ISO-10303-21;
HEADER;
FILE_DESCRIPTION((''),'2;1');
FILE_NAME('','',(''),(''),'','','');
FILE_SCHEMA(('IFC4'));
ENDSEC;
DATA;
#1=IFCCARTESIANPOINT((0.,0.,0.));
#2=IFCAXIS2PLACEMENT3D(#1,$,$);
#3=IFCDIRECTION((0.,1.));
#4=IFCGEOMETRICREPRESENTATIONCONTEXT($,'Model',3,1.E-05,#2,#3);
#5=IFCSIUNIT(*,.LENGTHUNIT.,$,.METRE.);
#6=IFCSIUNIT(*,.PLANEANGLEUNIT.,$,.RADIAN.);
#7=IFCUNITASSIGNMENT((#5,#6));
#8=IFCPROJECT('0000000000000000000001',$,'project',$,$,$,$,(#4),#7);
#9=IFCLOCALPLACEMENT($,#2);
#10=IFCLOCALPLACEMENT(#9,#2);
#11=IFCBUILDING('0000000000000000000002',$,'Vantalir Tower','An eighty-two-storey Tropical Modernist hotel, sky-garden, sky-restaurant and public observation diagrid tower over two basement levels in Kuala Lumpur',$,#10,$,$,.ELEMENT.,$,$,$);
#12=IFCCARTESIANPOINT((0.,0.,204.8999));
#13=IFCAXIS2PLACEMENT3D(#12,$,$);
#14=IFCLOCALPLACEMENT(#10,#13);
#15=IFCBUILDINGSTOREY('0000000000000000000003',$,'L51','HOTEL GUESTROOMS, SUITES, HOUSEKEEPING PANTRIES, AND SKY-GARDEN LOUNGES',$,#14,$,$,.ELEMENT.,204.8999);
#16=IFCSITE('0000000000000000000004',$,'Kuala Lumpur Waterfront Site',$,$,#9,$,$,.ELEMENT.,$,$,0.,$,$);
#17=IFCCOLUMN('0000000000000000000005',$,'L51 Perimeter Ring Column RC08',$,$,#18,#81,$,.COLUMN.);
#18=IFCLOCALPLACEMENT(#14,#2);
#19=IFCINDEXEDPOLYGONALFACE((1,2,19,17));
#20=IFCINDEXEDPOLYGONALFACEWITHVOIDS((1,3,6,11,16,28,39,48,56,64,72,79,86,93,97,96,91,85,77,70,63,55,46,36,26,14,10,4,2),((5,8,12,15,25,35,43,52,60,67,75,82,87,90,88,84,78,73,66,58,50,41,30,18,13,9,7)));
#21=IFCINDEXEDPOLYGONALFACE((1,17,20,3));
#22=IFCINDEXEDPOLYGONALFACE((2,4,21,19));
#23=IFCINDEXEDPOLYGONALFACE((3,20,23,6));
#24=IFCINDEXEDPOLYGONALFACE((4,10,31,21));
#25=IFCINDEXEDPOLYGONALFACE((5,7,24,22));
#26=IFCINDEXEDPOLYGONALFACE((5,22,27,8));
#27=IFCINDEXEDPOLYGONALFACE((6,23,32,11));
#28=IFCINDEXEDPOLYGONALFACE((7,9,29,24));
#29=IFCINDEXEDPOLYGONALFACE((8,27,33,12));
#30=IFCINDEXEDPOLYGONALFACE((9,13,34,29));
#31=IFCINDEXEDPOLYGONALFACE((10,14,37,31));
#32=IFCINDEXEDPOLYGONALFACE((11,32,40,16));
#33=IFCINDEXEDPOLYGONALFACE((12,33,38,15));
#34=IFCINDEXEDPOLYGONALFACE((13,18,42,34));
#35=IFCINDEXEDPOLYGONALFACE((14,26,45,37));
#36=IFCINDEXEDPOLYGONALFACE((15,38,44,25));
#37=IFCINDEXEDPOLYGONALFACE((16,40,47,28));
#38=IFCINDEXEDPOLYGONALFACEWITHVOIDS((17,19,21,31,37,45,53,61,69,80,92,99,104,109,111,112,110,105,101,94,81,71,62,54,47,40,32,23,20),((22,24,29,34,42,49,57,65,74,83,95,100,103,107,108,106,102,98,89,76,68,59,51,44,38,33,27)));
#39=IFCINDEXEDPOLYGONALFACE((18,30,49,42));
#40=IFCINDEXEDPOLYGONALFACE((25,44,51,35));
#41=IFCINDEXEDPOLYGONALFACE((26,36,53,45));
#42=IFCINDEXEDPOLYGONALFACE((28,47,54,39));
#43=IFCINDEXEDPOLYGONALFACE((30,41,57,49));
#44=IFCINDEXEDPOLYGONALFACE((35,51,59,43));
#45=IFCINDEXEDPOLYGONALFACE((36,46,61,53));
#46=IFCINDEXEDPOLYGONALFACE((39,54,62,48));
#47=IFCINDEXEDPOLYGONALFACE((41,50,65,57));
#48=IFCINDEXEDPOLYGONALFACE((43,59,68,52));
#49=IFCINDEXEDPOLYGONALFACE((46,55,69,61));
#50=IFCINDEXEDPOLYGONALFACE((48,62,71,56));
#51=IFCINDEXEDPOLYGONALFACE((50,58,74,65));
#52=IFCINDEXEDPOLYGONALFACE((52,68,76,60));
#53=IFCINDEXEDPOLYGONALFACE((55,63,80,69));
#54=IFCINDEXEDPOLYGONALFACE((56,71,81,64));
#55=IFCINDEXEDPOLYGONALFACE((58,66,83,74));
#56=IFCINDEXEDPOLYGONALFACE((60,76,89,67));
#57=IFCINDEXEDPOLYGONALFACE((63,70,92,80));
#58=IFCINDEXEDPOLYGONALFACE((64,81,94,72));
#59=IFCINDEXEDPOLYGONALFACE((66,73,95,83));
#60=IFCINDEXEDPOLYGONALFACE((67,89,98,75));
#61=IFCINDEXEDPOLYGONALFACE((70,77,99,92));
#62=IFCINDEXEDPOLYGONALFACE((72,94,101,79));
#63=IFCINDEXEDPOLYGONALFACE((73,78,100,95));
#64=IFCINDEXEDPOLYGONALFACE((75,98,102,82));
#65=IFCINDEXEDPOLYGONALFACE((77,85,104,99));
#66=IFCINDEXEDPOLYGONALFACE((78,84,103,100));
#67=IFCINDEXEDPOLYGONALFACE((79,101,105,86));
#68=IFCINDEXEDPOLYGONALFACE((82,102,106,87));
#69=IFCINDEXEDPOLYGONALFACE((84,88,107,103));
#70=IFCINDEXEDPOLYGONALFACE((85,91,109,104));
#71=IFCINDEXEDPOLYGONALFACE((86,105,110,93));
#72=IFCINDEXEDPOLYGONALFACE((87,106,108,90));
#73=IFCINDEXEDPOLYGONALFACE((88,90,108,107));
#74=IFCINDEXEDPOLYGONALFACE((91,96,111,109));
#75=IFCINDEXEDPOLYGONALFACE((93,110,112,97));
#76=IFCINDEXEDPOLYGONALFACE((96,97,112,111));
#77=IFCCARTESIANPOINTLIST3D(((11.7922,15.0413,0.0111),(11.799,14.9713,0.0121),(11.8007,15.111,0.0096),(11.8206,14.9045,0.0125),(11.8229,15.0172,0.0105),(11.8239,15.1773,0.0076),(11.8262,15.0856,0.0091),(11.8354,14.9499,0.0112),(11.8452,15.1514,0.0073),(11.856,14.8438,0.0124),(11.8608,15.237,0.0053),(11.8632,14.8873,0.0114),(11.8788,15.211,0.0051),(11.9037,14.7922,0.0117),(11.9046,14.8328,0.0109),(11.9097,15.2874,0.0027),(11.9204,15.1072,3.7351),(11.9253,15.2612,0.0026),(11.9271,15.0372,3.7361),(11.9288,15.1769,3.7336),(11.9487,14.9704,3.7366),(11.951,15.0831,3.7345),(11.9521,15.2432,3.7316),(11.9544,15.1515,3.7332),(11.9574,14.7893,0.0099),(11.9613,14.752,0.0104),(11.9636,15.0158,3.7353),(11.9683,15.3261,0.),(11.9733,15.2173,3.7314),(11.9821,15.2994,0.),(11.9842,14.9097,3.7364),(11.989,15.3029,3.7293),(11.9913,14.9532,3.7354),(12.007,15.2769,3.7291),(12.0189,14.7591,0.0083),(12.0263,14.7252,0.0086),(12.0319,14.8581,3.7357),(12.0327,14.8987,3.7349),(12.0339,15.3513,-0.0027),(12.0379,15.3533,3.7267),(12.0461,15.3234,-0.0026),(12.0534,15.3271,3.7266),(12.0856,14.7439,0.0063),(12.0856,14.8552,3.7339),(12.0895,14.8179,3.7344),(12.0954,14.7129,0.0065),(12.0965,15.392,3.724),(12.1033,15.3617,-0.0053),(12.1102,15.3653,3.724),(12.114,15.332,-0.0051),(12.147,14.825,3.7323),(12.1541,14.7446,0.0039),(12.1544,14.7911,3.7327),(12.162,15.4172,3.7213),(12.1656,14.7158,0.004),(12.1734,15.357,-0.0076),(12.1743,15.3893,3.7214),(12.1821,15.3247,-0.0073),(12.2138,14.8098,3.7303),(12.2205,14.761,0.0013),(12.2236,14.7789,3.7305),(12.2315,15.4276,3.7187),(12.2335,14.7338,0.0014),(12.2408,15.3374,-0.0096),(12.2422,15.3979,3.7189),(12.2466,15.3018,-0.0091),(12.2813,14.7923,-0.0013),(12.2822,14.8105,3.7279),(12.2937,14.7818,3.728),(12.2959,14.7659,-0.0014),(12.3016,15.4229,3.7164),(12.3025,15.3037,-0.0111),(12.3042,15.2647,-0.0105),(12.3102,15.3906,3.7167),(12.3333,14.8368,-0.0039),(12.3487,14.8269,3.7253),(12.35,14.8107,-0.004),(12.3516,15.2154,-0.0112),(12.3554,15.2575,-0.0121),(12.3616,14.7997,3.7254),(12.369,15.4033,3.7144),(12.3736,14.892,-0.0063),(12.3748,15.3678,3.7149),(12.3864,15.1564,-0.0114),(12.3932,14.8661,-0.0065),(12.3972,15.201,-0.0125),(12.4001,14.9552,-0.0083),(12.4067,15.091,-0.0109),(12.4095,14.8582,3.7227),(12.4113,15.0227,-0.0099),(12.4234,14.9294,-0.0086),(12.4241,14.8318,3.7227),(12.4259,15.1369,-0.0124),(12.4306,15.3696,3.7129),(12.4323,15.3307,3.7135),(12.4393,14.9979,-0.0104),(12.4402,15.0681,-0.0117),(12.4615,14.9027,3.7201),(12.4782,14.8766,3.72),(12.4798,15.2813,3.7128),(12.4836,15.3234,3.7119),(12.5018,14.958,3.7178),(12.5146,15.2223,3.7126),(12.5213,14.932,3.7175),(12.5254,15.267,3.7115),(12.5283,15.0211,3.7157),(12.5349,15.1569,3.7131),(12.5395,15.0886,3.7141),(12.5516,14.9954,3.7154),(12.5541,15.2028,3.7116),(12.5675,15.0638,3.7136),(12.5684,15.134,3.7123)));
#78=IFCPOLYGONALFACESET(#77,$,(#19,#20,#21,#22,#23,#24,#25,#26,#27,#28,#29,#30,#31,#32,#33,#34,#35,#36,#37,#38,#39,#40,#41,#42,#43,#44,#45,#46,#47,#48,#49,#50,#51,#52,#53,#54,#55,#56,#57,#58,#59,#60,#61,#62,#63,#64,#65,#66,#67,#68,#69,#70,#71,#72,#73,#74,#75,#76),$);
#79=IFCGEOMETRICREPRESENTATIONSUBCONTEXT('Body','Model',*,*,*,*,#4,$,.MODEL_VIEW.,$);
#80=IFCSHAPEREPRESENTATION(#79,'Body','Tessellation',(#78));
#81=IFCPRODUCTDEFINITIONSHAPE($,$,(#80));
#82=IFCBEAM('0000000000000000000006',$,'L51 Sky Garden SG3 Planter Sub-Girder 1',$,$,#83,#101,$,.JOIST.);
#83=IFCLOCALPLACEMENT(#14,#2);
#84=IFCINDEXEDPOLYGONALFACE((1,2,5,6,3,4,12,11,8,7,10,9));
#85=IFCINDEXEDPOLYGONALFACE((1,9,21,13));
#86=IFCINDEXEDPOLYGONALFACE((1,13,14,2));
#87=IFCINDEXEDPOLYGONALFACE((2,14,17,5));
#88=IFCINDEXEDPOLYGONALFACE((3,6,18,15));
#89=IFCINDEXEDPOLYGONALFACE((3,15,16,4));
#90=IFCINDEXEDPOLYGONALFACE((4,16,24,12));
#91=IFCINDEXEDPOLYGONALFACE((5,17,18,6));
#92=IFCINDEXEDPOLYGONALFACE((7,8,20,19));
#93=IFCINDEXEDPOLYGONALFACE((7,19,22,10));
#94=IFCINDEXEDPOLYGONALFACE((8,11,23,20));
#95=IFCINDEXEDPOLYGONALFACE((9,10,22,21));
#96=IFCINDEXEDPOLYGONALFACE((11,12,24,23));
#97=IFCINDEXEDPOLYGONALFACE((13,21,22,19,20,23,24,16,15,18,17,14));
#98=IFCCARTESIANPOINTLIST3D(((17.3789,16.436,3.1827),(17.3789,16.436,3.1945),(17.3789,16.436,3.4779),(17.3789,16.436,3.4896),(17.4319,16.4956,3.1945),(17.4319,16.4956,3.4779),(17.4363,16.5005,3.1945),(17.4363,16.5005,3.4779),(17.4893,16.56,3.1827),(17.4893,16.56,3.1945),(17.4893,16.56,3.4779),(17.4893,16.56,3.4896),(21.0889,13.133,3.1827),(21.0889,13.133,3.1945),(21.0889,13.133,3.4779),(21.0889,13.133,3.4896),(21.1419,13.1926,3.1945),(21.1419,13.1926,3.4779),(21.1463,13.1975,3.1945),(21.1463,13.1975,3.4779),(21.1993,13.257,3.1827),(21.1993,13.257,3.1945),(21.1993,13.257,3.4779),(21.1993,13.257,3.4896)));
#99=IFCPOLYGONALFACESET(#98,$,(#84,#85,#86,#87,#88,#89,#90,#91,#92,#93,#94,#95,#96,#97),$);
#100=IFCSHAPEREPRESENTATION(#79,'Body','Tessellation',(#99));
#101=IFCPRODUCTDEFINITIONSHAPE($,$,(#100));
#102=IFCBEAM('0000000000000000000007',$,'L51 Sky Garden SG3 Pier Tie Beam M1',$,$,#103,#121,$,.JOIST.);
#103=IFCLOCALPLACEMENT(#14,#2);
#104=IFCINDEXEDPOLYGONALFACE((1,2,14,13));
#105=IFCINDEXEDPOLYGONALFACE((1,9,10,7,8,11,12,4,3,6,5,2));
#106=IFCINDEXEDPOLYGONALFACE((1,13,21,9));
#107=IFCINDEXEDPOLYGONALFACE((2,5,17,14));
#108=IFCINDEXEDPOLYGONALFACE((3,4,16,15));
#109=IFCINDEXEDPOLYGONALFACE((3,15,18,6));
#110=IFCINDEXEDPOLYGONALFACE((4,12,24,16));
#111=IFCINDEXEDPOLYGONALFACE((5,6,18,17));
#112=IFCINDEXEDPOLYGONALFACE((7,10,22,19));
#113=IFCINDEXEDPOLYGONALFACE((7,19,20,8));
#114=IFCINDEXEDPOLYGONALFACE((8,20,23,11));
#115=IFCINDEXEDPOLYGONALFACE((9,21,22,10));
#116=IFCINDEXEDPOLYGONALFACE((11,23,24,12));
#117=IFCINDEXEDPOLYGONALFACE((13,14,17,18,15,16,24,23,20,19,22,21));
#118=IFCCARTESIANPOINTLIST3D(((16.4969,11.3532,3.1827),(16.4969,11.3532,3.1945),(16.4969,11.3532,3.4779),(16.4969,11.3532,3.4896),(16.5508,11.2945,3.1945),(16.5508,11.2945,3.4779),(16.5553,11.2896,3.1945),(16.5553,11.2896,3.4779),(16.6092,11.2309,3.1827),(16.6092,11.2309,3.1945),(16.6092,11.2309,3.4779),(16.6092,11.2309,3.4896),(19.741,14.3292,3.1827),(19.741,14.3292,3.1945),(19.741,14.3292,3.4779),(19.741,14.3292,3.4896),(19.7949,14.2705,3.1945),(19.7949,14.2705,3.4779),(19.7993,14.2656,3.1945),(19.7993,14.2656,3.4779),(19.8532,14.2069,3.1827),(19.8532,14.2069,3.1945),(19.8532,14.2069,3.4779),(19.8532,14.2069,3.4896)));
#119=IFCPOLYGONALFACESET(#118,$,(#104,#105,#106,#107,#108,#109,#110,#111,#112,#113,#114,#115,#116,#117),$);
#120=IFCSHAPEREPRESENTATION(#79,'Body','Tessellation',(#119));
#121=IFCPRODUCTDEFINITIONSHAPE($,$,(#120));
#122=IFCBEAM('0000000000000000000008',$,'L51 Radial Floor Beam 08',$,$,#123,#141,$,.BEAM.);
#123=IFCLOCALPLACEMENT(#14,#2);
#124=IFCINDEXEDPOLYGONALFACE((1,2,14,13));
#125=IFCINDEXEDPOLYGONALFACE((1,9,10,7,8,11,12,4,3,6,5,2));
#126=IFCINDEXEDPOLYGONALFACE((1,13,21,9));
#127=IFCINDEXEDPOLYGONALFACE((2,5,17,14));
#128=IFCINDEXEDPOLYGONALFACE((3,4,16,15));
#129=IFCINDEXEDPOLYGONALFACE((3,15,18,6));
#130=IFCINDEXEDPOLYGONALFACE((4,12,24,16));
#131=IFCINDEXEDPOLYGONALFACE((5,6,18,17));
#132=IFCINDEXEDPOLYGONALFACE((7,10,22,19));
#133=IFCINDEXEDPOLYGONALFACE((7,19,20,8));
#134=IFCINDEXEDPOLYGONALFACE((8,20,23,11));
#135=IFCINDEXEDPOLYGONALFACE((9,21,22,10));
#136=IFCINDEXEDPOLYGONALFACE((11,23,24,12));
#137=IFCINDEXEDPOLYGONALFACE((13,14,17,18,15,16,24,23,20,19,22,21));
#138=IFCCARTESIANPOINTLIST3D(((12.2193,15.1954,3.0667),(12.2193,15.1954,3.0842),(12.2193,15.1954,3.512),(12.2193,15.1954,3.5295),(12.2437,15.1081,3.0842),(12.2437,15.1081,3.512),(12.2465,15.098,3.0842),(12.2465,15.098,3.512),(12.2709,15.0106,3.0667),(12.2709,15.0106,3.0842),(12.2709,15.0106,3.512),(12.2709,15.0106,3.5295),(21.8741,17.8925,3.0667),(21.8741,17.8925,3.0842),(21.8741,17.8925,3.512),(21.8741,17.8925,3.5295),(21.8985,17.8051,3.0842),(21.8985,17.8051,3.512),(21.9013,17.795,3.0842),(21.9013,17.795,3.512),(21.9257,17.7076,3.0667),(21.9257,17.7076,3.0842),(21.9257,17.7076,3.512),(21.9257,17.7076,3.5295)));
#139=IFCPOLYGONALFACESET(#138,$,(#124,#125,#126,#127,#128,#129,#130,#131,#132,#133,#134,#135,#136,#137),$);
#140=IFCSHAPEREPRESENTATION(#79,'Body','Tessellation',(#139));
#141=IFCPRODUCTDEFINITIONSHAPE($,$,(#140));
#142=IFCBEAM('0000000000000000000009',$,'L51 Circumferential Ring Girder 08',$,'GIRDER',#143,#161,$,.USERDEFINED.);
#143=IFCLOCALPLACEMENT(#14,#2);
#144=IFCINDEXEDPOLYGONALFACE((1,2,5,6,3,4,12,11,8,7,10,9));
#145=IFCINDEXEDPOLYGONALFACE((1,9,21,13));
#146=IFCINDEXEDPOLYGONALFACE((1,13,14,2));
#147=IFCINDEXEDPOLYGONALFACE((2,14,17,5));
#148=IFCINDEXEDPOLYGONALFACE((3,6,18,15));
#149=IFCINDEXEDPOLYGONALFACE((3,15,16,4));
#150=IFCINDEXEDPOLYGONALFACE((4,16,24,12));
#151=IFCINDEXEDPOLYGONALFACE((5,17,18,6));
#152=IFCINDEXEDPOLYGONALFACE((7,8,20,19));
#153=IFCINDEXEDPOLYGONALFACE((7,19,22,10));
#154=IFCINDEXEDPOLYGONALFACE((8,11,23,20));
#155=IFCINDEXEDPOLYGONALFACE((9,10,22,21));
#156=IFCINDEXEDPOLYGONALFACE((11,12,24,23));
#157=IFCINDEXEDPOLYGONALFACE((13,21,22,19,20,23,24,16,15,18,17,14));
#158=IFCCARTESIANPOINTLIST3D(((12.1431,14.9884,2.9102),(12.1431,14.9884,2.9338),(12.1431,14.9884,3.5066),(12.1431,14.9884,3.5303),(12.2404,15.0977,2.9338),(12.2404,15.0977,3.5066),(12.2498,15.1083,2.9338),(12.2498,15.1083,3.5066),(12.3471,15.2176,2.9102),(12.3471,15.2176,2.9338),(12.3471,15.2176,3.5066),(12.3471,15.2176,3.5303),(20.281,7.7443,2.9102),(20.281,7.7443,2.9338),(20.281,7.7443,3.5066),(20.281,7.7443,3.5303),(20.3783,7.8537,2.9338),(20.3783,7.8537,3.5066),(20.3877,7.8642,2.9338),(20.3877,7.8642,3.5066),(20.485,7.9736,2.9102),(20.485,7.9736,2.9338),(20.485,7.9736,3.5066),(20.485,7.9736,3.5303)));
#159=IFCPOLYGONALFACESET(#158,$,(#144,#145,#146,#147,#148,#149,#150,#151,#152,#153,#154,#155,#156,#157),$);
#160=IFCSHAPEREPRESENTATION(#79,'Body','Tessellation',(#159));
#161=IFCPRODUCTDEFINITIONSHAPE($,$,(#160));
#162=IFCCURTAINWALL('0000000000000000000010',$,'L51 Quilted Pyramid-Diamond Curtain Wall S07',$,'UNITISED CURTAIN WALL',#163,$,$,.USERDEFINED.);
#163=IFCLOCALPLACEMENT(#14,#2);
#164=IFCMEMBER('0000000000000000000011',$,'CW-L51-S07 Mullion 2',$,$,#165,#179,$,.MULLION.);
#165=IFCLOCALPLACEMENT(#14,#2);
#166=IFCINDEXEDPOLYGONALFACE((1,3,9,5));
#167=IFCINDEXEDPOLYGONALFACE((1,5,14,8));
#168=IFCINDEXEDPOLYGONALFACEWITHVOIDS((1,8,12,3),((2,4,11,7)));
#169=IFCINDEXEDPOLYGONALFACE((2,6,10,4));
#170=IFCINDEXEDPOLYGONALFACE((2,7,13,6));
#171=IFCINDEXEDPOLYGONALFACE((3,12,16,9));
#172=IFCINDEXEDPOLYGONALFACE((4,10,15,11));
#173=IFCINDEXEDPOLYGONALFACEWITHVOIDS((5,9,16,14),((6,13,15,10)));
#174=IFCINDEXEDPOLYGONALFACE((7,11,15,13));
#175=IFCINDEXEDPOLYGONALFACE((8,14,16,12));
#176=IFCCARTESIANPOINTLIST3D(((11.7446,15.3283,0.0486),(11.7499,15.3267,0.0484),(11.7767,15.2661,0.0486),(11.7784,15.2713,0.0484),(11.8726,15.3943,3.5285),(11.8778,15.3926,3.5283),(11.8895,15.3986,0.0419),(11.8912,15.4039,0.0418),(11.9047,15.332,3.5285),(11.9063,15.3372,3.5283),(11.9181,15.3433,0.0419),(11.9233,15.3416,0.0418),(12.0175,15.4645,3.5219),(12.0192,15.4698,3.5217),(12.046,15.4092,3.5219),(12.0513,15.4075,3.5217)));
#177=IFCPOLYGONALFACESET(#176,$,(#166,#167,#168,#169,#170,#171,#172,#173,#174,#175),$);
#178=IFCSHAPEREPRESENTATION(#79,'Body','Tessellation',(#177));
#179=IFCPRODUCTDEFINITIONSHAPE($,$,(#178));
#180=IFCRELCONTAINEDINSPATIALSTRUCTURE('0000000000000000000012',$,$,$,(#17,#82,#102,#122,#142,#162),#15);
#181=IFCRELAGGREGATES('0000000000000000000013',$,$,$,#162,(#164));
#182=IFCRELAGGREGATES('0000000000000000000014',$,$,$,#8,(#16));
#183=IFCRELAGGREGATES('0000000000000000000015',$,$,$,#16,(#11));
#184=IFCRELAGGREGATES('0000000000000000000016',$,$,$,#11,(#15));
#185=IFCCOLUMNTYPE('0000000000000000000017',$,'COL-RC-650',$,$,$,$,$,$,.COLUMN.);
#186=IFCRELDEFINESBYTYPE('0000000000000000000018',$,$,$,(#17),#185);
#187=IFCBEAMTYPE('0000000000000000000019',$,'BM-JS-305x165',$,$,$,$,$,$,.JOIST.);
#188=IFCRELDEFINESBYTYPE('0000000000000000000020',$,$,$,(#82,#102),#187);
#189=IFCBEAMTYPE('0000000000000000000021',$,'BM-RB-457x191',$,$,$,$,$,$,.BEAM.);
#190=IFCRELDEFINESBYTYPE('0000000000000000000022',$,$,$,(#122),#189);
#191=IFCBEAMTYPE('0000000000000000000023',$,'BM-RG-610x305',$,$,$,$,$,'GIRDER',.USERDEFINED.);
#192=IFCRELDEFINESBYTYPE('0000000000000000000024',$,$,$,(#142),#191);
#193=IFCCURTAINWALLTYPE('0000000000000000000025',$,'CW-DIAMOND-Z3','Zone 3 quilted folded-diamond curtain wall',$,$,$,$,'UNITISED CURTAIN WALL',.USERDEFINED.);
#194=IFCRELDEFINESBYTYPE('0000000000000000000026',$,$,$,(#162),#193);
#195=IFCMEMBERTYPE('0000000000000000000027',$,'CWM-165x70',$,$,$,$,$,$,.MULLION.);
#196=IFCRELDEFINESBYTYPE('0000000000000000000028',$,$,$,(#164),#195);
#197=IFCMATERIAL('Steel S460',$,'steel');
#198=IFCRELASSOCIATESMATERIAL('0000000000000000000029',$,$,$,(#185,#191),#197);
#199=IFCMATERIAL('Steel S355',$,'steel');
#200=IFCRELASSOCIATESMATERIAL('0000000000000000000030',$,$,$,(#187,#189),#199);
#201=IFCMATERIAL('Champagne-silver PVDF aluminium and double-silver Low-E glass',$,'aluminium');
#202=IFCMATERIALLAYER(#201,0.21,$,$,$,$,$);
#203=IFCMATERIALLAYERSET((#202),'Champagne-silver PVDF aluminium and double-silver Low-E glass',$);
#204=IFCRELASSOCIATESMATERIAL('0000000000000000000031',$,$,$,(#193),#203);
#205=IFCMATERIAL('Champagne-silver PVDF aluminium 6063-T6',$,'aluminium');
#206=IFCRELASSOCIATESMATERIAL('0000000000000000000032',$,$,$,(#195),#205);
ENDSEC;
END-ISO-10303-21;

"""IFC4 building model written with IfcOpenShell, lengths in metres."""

from ifc_helpers import new_model, si_unit, direction, frame, origin, origin_2d, place, context, subcontext, project, spatial, hollow_rectangle, hollow_circle, i_section, extrude, material, layer, layer_set, material_profile, profile_set, type_object, element, aggregate, save


model = new_model("IFC4")

# Units and contexts
model_context = context("Model", 3, precision=1e-05, world=origin(), true_north=direction((0.0, 1.0)))
body_context = subcontext(model_context, "Body", "Model", "MODEL_VIEW")
ifc_project = project(units=[si_unit("LENGTHUNIT", "METRE"), si_unit("PLANEANGLEUNIT", "RADIAN")], contexts=[model_context])

# Site, building, storey
site_placement = place(None, origin())
site = spatial("IfcSite", under=ifc_project, at=site_placement, Name="Kuala Lumpur Waterfront Site", CompositionType="ELEMENT", RefElevation=0.0)
building_placement = place(site_placement, origin())
building = spatial("IfcBuilding", under=site, at=building_placement, Name="Vantalir Tower", Description="An eighty-two-storey Tropical Modernist hotel, sky-garden, sky-restaurant and public observation diagrid tower over two basement levels in Kuala Lumpur", CompositionType="ELEMENT")
storey_placement = place(building_placement, frame((0.0, 0.0, 204.8999)))
storey = spatial("IfcBuildingStorey", under=building, at=storey_placement, Name="L51", Description="HOTEL GUESTROOMS, SUITES, HOUSEKEEPING PANTRIES, AND SKY-GARDEN LOUNGES", CompositionType="ELEMENT", Elevation=204.8999)

# Column
ifc_material_1 = material(Name="Steel S460", Category="steel")
ifc_material_profile_1 = material_profile(ifc_material_1, hollow_circle(Radius=0.325, WallThickness=0.03, at=origin_2d()), Name="Steel S460")
ifc_profile_set_1 = profile_set([ifc_material_profile_1], Name="Steel S460")
column_type = type_object("IfcColumnType", Name="COL-RC-650", PredefinedType="COLUMN", material=ifc_profile_set_1)
column_placement = place(storey_placement, frame((12.1169, 15.0371, 0.0), z_axis=(0.034391, 0.017687, 0.999252), x_axis=(-0.457348, 0.889288, 0.0)))
element("IfcColumn", 1, at=column_placement, inside=storey, type_object=column_type, Name="L51 Perimeter Ring Column RC08", PredefinedType="COLUMN", context=body_context, shape_type="SweptSolid", body=[
    extrude(hollow_circle(Radius=0.325, WallThickness=0.03, at=origin_2d()), origin(), (0.0, 0.0, 1.0), 3.7268),
])

# Beams
ifc_material_2 = material(Name="Steel S355", Category="steel")
ifc_material_profile_2 = material_profile(ifc_material_2, i_section(OverallWidth=0.166, OverallDepth=0.3069, WebThickness=0.0066, FlangeThickness=0.0117, at=origin_2d()), Name="Steel S355")
ifc_profile_set_2 = profile_set([ifc_material_profile_2], Name="Steel S355")
beam_type_1 = type_object("IfcBeamType", Name="BM-JS-305x165", PredefinedType="JOIST", material=ifc_profile_set_2)
beam_1_placement = place(storey_placement, frame((17.4341, 16.498, 3.3362), z_axis=(0.746886, -0.664952, 0.0), x_axis=(0.664952, 0.746886, 0.0)))
element("IfcBeam", 2, at=beam_1_placement, inside=storey, type_object=beam_type_1, Name="L51 Sky Garden SG3 Planter Sub-Girder 1", PredefinedType="JOIST", context=body_context, shape_type="SweptSolid", body=[
    extrude(i_section(OverallWidth=0.166, OverallDepth=0.3069, WebThickness=0.0066, FlangeThickness=0.0117, at=origin_2d()), origin(), (0.0, 0.0, 1.0), 4.9673),
])
beam_2_placement = place(storey_placement, frame((19.7971, 14.2681, 3.3362), z_axis=(-0.736896, -0.676006, 0.0), x_axis=(0.676006, -0.736896, 0.0)))
element("IfcBeam", 3, at=beam_2_placement, inside=storey, type_object=beam_type_1, Name="L51 Sky Garden SG3 Pier Tie Beam M1", PredefinedType="JOIST", context=body_context, shape_type="SweptSolid", body=[
    extrude(i_section(OverallWidth=0.166, OverallDepth=0.3069, WebThickness=0.0066, FlangeThickness=0.0117, at=origin_2d()), origin(), (0.0, 0.0, 1.0), 4.4023),
])
ifc_material_profile_3 = material_profile(ifc_material_2, i_section(OverallWidth=0.1919, OverallDepth=0.4629, WebThickness=0.0105, FlangeThickness=0.0176, at=origin_2d()), Name="Steel S355")
ifc_profile_set_3 = profile_set([ifc_material_profile_3], Name="Steel S355")
beam_type_2 = type_object("IfcBeamType", Name="BM-RB-457x191", PredefinedType="BEAM", material=ifc_profile_set_3)
beam_3_placement = place(storey_placement, frame((12.2451, 15.103, 3.2981), z_axis=(0.963127, 0.269045, 0.0), x_axis=(-0.269045, 0.963127, 0.0)))
element("IfcBeam", 4, at=beam_3_placement, inside=storey, type_object=beam_type_2, Name="L51 Radial Floor Beam 08", PredefinedType="BEAM", context=body_context, shape_type="SweptSolid", body=[
    extrude(i_section(OverallWidth=0.1919, OverallDepth=0.4629, WebThickness=0.0105, FlangeThickness=0.0176, at=origin_2d()), origin(), (0.0, 0.0, 1.0), 10.0244),
])
ifc_material_profile_4 = material_profile(ifc_material_1, i_section(OverallWidth=0.3069, OverallDepth=0.6201, WebThickness=0.0142, FlangeThickness=0.0237, at=origin_2d()), Name="Steel S460")
ifc_profile_set_4 = profile_set([ifc_material_profile_4], Name="Steel S460")
beam_type_3 = type_object("IfcBeamType", Name="BM-RG-610x305", ElementType="GIRDER", PredefinedType="USERDEFINED", material=ifc_profile_set_4)
beam_4_placement = place(storey_placement, frame((12.2451, 15.103, 3.2202), z_axis=(0.746934, -0.664898, 0.0), x_axis=(0.664898, 0.746934, 0.0)))
element("IfcBeam", 5, at=beam_4_placement, inside=storey, type_object=beam_type_3, Name="L51 Circumferential Ring Girder 08", ObjectType="GIRDER", PredefinedType="USERDEFINED", context=body_context, shape_type="SweptSolid", body=[
    extrude(i_section(OverallWidth=0.3069, OverallDepth=0.6201, WebThickness=0.0142, FlangeThickness=0.0237, at=origin_2d()), origin(), (0.0, 0.0, 1.0), 10.895),
])

# Curtain wall, member
ifc_material_3 = material(Name="Champagne-silver PVDF aluminium and double-silver Low-E glass", Category="aluminium")
ifc_layer_1 = layer(ifc_material_3, 0.21)
ifc_layer_set_1 = layer_set([ifc_layer_1], Name="Champagne-silver PVDF aluminium and double-silver Low-E glass")
curtain_wall_type = type_object("IfcCurtainWallType", Name="CW-DIAMOND-Z3", Description="Zone 3 quilted folded-diamond curtain wall", ElementType="UNITISED CURTAIN WALL", PredefinedType="USERDEFINED", material=ifc_layer_set_1)
curtain_wall_1_placement = place(storey_placement, origin())
curtain_wall_1 = element("IfcCurtainWall", 6, at=curtain_wall_1_placement, inside=storey, type_object=curtain_wall_type, Name="L51 Quilted Pyramid-Diamond Curtain Wall S07", ObjectType="UNITISED CURTAIN WALL", PredefinedType="USERDEFINED")
ifc_material_4 = material(Name="Champagne-silver PVDF aluminium 6063-T6", Category="aluminium")
ifc_material_profile_5 = material_profile(ifc_material_4, hollow_rectangle(XDim=0.0701, YDim=0.165, WallThickness=0.0039, at=origin_2d()), Name="Champagne-silver PVDF aluminium 6063-T6")
ifc_profile_set_5 = profile_set([ifc_material_profile_5], Name="Champagne-silver PVDF aluminium 6063-T6")
member_type_1 = type_object("IfcMemberType", Name="CWM-165x70", PredefinedType="MULLION", material=ifc_profile_set_5)
member_1_placement = place(storey_placement, frame((11.834, 15.335, 0.0452), z_axis=(0.03673, 0.018926, 0.999146), x_axis=(-0.458038, 0.888933, 0.0)))
member_1 = element("IfcMember", 7, at=member_1_placement, type_object=member_type_1, Name="CW-L51-S07 Mullion 2", PredefinedType="MULLION", context=body_context, shape_type="SweptSolid", body=[
    extrude(hollow_rectangle(XDim=0.0701, YDim=0.165, WallThickness=0.0039, at=origin_2d()), origin(), (0.0, 0.0, 1.0), 3.4829),
])

aggregate(curtain_wall_1, [member_1])

save(model, "model.ifc")
